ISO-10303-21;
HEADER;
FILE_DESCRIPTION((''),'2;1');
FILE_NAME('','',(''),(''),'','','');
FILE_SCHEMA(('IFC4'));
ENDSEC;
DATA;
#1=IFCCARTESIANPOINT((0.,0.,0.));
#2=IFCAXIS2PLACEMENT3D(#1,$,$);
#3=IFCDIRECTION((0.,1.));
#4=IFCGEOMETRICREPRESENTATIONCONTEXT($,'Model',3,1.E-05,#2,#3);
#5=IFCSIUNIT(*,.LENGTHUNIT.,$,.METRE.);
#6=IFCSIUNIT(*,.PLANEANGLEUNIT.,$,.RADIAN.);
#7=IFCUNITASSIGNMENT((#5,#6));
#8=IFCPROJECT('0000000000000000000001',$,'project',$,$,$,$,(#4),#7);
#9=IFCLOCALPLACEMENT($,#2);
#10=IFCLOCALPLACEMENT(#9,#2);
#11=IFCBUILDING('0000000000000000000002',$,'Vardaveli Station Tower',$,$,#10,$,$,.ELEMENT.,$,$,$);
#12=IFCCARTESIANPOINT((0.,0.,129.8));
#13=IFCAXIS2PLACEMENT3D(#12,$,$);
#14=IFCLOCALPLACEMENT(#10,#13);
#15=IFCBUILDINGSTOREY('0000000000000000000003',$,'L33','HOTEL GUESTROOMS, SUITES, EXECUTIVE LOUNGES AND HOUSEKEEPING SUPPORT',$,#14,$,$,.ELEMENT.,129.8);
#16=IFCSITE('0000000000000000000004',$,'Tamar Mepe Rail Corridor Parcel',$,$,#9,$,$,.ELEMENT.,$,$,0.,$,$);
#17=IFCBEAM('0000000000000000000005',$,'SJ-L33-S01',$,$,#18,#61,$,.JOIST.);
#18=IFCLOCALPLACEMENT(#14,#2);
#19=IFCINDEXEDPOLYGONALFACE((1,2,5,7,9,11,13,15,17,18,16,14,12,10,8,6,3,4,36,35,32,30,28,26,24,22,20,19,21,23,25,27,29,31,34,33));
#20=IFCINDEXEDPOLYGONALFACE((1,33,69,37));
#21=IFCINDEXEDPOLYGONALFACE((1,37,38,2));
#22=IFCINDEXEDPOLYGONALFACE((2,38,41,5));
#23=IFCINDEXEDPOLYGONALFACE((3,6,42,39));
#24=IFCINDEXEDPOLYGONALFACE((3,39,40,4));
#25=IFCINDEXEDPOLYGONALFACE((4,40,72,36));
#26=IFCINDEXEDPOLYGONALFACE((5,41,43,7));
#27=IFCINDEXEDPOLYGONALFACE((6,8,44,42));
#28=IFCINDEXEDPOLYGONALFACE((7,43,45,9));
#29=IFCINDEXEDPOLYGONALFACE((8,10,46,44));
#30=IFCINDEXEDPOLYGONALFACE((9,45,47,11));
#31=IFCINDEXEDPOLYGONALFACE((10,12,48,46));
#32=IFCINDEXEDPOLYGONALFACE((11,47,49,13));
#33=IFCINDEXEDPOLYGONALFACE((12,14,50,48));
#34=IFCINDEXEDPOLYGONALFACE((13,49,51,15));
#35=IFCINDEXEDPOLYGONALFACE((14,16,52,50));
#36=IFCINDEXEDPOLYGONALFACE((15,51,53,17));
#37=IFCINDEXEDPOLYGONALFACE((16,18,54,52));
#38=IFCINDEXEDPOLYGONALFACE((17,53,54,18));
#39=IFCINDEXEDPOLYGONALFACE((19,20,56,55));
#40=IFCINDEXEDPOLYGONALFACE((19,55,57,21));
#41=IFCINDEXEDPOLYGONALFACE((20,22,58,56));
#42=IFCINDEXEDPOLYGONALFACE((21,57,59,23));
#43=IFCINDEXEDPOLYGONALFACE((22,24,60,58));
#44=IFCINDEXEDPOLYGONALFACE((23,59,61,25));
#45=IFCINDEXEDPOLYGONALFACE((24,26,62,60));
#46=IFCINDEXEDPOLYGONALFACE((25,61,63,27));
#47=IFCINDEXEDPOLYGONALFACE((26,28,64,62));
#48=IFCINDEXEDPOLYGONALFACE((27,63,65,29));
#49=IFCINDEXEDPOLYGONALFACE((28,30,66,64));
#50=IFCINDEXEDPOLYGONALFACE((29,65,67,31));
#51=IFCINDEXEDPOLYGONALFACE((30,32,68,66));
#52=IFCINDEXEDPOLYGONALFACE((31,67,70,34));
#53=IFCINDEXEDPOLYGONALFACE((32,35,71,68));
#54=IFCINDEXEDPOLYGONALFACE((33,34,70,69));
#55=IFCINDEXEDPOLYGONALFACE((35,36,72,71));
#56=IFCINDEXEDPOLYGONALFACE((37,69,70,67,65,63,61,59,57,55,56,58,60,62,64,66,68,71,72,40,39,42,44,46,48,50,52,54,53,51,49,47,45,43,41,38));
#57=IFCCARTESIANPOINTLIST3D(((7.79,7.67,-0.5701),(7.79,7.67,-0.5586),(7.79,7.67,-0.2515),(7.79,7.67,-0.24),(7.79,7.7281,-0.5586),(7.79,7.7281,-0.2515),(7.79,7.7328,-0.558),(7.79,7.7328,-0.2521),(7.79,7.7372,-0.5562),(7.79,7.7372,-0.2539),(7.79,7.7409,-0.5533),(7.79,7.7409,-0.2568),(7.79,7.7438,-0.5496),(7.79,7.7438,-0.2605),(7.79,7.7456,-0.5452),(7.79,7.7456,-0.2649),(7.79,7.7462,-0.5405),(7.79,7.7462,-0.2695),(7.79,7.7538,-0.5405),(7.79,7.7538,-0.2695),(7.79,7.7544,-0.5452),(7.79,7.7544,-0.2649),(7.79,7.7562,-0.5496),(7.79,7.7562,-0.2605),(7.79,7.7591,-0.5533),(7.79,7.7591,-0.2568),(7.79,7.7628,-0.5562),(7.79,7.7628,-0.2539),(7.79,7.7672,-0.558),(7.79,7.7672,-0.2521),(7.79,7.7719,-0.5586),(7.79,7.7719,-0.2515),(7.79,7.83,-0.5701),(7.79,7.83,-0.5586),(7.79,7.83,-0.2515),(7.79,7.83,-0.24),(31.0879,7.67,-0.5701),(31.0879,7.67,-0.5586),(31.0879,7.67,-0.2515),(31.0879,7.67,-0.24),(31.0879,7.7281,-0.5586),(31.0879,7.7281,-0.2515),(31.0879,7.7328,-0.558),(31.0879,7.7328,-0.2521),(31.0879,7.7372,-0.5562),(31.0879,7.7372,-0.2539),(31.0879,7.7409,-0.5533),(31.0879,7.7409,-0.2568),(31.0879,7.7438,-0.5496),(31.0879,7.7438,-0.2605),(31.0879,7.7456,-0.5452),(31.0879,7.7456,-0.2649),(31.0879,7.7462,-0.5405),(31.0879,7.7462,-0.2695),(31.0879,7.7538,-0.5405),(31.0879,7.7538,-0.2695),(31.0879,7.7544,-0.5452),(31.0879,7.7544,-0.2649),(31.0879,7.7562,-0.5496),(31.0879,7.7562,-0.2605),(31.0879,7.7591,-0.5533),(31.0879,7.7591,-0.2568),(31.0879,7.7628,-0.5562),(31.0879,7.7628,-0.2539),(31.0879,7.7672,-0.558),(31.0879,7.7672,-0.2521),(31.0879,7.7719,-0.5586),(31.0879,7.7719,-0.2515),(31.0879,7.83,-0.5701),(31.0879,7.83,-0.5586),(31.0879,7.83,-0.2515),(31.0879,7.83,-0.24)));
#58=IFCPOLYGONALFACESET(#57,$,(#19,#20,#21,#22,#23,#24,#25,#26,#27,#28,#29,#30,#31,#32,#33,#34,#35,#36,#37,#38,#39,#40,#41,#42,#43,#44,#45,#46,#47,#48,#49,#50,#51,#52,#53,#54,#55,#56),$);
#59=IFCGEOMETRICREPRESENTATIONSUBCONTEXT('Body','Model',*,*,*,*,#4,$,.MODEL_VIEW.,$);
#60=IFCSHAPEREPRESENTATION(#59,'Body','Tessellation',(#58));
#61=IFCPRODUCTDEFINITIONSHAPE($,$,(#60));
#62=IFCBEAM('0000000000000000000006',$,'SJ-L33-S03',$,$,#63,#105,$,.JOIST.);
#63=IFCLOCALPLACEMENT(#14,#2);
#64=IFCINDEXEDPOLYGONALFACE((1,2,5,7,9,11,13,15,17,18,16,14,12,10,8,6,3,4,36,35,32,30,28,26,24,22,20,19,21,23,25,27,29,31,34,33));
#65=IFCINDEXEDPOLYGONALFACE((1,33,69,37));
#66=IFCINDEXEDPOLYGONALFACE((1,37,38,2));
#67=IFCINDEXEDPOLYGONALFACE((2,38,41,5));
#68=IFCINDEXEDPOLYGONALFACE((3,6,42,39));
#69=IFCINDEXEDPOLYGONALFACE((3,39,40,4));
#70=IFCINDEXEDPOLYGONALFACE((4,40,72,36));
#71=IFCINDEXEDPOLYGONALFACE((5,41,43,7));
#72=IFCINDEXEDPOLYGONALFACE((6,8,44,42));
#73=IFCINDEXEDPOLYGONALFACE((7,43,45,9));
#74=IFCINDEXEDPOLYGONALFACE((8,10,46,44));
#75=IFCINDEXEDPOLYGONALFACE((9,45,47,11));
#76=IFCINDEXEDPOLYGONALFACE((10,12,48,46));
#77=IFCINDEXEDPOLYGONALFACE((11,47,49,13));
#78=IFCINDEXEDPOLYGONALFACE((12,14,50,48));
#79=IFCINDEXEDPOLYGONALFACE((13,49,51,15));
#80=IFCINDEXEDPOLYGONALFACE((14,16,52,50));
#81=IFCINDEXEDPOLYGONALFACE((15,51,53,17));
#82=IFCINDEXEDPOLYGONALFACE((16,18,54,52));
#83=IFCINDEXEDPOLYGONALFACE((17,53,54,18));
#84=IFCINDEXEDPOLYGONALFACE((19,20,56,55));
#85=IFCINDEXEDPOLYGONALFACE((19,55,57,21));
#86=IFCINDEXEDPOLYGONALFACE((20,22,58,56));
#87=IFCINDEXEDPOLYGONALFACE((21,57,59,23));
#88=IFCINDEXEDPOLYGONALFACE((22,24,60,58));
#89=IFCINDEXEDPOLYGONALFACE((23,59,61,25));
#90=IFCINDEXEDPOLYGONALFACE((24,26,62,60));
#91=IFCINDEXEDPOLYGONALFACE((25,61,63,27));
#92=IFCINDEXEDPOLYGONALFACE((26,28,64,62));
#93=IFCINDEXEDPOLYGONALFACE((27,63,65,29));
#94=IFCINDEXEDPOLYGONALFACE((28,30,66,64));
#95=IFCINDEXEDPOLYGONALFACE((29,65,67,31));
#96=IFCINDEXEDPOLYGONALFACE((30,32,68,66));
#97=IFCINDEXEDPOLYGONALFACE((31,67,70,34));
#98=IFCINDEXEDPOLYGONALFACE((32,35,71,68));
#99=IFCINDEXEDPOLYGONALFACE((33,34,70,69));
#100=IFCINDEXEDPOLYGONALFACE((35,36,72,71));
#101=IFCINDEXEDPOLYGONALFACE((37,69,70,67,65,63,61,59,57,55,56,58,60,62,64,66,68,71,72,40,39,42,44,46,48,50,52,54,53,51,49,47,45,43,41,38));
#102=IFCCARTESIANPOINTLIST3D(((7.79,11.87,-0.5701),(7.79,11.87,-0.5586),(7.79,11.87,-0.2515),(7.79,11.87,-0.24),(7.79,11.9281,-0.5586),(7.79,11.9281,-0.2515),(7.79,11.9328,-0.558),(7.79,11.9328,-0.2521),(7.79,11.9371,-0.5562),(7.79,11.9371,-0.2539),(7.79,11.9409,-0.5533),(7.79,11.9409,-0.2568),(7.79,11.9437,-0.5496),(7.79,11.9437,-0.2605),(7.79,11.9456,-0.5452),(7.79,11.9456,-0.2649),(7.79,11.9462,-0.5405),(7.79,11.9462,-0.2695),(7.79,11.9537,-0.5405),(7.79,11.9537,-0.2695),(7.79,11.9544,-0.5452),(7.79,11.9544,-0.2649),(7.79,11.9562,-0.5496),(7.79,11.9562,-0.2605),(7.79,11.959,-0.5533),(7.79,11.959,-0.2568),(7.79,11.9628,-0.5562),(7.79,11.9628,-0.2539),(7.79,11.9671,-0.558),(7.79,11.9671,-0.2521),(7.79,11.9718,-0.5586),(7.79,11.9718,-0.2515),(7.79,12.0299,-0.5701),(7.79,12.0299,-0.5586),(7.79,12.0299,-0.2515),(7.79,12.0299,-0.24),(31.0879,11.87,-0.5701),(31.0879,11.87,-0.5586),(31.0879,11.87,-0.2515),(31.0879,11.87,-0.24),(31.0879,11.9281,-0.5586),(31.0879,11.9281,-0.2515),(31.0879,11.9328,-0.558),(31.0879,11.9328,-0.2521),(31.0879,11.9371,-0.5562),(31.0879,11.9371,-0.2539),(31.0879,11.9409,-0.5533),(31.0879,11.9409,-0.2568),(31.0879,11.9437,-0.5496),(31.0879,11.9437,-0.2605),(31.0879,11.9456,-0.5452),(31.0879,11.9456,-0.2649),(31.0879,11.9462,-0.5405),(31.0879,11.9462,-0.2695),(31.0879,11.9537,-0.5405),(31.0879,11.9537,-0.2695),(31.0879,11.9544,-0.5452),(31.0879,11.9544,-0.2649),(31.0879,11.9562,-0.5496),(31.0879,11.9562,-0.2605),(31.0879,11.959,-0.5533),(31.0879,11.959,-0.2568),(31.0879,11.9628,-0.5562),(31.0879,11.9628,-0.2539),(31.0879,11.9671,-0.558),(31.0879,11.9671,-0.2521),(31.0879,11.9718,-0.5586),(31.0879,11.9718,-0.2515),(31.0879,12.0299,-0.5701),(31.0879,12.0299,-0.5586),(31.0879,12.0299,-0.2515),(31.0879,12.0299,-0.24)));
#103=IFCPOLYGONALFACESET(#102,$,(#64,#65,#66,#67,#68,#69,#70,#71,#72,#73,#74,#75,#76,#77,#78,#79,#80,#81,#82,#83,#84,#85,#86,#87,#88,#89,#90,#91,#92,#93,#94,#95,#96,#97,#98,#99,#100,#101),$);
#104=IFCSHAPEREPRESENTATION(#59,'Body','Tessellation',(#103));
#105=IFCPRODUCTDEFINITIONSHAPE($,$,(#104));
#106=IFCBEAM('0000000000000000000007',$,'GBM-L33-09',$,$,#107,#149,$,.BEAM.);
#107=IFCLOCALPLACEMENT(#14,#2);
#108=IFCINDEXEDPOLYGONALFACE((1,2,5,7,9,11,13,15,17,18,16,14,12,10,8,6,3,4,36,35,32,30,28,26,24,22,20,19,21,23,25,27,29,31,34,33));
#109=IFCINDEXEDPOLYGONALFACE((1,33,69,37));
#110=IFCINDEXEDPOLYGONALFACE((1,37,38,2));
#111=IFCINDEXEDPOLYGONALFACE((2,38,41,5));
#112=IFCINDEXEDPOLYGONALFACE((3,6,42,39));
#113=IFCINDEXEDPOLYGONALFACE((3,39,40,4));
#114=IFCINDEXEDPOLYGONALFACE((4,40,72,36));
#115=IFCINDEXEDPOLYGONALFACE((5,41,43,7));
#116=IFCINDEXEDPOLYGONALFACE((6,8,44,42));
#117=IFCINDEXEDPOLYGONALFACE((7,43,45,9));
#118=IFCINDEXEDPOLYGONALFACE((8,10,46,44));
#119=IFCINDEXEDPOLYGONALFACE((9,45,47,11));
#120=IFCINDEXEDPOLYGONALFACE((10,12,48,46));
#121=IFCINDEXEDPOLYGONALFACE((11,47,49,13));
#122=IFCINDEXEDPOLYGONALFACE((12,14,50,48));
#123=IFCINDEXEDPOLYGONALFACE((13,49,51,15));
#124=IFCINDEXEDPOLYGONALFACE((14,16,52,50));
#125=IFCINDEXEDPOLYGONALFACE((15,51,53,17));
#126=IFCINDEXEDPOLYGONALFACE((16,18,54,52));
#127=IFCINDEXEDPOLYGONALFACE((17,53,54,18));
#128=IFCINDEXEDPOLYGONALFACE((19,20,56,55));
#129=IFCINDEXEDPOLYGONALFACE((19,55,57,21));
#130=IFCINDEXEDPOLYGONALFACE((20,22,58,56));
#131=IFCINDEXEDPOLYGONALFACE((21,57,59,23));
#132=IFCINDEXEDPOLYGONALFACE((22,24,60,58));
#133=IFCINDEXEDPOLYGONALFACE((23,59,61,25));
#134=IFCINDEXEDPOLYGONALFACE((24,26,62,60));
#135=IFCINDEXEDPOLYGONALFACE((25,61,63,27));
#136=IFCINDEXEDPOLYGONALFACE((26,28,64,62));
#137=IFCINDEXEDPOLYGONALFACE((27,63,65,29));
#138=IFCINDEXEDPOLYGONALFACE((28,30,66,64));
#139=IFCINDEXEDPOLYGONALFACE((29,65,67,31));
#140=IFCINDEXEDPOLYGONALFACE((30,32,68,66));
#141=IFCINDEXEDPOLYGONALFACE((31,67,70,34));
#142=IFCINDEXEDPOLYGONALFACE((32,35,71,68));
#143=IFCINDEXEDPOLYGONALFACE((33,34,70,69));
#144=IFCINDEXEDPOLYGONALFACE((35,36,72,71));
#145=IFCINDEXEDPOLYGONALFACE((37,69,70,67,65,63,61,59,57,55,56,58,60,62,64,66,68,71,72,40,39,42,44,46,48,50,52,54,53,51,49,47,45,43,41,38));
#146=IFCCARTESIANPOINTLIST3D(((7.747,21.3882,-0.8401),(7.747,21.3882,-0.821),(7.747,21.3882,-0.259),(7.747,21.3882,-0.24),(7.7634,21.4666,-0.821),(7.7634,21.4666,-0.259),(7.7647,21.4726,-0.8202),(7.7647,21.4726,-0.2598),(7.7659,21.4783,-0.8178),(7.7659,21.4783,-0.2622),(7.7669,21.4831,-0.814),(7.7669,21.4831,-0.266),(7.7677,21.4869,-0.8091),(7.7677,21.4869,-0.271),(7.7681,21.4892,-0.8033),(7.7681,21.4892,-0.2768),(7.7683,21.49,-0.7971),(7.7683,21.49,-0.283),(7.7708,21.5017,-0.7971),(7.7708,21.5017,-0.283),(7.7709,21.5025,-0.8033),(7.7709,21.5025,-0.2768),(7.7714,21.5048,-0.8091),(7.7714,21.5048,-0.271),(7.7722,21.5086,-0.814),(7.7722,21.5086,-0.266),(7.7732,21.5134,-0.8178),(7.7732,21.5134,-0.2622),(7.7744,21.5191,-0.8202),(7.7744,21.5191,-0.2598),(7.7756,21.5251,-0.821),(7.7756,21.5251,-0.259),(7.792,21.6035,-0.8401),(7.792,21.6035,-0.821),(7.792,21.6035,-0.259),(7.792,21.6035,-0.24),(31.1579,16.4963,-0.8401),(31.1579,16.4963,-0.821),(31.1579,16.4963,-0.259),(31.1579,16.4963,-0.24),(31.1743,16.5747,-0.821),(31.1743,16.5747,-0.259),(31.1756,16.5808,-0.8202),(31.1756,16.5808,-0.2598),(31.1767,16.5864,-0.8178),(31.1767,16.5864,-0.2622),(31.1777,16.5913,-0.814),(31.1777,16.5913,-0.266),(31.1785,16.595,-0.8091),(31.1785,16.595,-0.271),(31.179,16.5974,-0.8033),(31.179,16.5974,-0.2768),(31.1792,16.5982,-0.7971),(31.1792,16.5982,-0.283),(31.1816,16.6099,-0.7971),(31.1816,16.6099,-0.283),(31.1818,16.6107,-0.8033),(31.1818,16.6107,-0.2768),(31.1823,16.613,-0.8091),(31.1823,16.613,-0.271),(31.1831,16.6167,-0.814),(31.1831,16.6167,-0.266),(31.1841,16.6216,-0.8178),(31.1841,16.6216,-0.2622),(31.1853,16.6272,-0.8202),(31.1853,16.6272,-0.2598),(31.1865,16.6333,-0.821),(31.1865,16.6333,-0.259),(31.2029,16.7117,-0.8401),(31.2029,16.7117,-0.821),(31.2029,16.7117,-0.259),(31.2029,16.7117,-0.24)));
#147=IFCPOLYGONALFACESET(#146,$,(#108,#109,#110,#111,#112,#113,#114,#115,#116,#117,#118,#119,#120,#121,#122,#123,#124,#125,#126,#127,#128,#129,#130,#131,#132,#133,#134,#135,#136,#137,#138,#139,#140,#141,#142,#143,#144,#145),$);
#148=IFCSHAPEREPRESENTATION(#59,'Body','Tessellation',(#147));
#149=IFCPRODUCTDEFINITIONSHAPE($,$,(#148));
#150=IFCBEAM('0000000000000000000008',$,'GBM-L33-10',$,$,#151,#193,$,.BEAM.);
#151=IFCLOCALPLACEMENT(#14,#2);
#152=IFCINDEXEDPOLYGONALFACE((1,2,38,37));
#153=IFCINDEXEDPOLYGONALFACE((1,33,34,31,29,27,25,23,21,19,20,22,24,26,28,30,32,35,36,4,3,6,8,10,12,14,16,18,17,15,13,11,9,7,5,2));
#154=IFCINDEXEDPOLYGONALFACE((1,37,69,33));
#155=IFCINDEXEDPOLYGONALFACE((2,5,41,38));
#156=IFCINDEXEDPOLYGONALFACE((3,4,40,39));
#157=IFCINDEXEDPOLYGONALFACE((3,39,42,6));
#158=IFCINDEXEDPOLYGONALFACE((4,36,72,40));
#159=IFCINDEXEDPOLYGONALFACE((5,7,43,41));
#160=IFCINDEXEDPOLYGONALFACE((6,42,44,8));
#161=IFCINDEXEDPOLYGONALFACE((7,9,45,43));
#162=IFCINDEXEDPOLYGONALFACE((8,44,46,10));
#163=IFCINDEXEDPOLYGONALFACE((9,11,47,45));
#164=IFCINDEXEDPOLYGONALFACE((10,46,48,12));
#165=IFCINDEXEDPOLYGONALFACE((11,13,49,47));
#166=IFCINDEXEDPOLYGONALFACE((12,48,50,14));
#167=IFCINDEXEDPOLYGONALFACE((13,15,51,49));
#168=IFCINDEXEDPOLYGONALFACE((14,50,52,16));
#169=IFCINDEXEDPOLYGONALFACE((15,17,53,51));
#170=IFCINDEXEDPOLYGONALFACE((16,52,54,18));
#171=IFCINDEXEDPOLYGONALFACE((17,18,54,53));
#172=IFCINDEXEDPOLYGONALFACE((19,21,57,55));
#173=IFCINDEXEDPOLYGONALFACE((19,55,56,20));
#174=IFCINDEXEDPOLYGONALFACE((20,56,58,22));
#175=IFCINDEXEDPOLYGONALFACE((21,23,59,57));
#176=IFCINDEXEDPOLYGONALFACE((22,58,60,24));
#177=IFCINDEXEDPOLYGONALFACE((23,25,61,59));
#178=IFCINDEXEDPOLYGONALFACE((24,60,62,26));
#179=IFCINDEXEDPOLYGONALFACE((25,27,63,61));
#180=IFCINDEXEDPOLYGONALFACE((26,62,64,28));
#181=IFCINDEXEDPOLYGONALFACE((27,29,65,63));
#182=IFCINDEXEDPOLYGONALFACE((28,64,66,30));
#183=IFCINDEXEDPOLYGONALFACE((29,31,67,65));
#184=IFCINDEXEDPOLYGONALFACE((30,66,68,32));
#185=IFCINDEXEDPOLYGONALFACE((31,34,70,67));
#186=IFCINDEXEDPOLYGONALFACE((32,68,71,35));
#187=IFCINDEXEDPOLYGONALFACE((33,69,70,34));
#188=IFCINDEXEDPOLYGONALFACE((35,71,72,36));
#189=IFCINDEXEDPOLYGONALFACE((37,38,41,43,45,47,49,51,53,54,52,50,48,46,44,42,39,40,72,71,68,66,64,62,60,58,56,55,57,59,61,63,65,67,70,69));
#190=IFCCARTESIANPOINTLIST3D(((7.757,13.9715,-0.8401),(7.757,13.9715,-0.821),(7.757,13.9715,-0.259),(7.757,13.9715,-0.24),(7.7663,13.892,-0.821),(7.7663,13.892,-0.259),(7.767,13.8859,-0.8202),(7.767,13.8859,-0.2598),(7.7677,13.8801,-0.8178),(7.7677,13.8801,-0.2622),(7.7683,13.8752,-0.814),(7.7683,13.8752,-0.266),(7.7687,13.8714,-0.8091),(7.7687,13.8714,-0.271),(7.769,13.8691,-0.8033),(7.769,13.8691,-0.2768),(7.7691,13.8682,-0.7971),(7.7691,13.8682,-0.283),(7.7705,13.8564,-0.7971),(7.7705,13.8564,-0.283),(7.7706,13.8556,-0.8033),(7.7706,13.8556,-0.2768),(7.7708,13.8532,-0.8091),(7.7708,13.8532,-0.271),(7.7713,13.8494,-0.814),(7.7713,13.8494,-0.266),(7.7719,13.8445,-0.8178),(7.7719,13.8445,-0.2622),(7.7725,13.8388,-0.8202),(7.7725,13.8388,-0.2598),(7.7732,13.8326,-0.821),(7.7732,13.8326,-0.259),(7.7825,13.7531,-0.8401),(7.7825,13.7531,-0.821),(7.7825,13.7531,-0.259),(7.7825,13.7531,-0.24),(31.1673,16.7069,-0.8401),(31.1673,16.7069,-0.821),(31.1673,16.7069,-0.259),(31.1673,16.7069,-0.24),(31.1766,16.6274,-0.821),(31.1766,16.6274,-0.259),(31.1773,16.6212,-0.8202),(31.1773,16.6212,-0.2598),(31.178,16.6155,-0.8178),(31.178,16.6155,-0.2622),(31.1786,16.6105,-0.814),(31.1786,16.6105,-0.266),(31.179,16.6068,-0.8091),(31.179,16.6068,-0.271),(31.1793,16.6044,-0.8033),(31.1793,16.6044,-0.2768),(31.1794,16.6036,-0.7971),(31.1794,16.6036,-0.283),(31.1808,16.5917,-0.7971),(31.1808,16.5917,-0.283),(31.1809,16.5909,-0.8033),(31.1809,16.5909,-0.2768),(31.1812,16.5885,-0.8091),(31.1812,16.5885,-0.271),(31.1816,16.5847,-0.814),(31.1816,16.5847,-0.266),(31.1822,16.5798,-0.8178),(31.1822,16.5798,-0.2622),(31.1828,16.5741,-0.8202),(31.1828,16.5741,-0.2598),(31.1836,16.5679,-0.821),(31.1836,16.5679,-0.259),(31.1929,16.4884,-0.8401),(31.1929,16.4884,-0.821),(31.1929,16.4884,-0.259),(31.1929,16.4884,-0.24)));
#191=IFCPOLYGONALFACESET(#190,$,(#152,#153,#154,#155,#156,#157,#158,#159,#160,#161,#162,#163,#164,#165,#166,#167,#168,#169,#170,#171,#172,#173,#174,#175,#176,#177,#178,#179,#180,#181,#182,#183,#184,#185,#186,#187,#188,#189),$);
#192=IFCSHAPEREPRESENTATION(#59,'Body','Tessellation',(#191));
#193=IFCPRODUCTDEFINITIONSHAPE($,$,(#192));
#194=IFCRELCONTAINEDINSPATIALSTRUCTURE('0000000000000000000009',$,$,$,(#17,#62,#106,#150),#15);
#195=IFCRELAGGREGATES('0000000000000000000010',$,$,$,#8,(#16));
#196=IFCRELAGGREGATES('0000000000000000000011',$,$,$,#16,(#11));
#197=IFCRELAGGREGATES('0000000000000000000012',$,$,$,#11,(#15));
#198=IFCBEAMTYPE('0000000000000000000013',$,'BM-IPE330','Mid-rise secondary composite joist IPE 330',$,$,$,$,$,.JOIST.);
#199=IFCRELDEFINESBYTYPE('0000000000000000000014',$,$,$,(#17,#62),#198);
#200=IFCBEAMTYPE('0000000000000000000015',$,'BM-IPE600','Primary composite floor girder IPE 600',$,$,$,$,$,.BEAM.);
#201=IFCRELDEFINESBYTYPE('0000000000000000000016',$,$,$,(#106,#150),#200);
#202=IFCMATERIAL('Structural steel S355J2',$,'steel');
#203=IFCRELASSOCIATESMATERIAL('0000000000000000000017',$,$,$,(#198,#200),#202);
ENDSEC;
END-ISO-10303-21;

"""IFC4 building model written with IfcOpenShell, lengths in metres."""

from ifc_helpers import new_model, si_unit, direction, frame, origin, origin_2d, place, context, subcontext, project, spatial, i_section, extrude, source, transform, mapped, material, material_profile, profile_set, type_object, element, save


model = new_model("IFC4")

# Units and contexts
model_context = context("Model", 3, precision=1e-05, world=origin(), true_north=direction((0.0, 1.0)))
body_context = subcontext(model_context, "Body", "Model", "MODEL_VIEW")
ifc_project = project(units=[si_unit("LENGTHUNIT", "METRE"), si_unit("PLANEANGLEUNIT", "RADIAN")], contexts=[model_context])

# Site, building, storey
site_placement = place(None, origin())
site = spatial("IfcSite", under=ifc_project, at=site_placement, Name="Tamar Mepe Rail Corridor Parcel", CompositionType="ELEMENT", RefElevation=0.0)
building_placement = place(site_placement, origin())
building = spatial("IfcBuilding", under=site, at=building_placement, Name="Vardaveli Station Tower", CompositionType="ELEMENT")
storey_placement = place(building_placement, frame((0.0, 0.0, 129.8)))
storey = spatial("IfcBuildingStorey", under=building, at=storey_placement, Name="L33", Description="HOTEL GUESTROOMS, SUITES, EXECUTIVE LOUNGES AND HOUSEKEEPING SUPPORT", CompositionType="ELEMENT", Elevation=129.8)

# Beams
ifc_material_1 = material(Name="Structural steel S355J2", Category="steel")
ifc_material_profile_1 = material_profile(ifc_material_1, i_section(OverallWidth=0.1599, OverallDepth=0.3301, WebThickness=0.0076, FlangeThickness=0.0115, FilletRadius=0.0181, at=origin_2d()), Name="IPE 330")
ifc_profile_set_1 = profile_set([ifc_material_profile_1], Name="Structural steel S355J2")
beam_type_1 = type_object("IfcBeamType", Name="BM-IPE330", Description="Mid-rise secondary composite joist IPE 330", PredefinedType="JOIST", material=ifc_profile_set_1)
shared_shape_1 = source(origin(), body_context, "Body", "SweptSolid", [
    extrude(i_section(OverallWidth=0.1599, OverallDepth=0.3301, WebThickness=0.0076, FlangeThickness=0.0115, FilletRadius=0.0181, at=origin_2d()), origin(), (0.0, 0.0, 1.0), 23.2979),
])
for number, where, z_axis, x_axis, name in (
    (1, (7.79, 7.75, -0.405), (1.0, 0.0, 0.0), (0.0, 1.0, 0.0), "SJ-L33-S01"),
    (2, (7.79, 11.95, -0.405), (1.0, 0.0, 0.0), (0.0, 1.0, 0.0), "SJ-L33-S03"),
):
    element("IfcBeam", number, at=place(storey_placement, frame(where, z_axis=z_axis, x_axis=x_axis)), inside=storey, type_object=beam_type_1, Name=name, PredefinedType="JOIST", context=body_context, shape_type="MappedRepresentation", body=[
        mapped(shared_shape_1, transform((0.0, 0.0, 0.0), scale=1.0)),
    ])
ifc_material_profile_2 = material_profile(ifc_material_1, i_section(OverallWidth=0.22, OverallDepth=0.6001, WebThickness=0.012, FlangeThickness=0.019, FilletRadius=0.0239, at=origin_2d()), Name="IPE 600")
ifc_profile_set_2 = profile_set([ifc_material_profile_2], Name="Structural steel S355J2")
beam_type_2 = type_object("IfcBeamType", Name="BM-IPE600", Description="Primary composite floor girder IPE 600", PredefinedType="BEAM", material=ifc_profile_set_2)
shared_shape_2 = source(origin(), body_context, "Body", "SweptSolid", [
    extrude(i_section(OverallWidth=0.22, OverallDepth=0.6001, WebThickness=0.012, FlangeThickness=0.019, FilletRadius=0.0239, at=origin_2d()), origin(), (0.0, 0.0, 1.0), 23.9165),
])
beam_1_placement = place(storey_placement, frame((7.7695, 21.4958, -0.54), z_axis=(0.978859, -0.204538, 0.0), x_axis=(0.204538, 0.978859, 0.0)))
element("IfcBeam", 3, at=beam_1_placement, inside=storey, type_object=beam_type_2, Name="GBM-L33-09", PredefinedType="BEAM", context=body_context, shape_type="MappedRepresentation", body=[
    mapped(shared_shape_2, transform((0.0, 0.0, 0.0), scale=1.0)),
])
shared_shape_3 = source(origin(), body_context, "Body", "SweptSolid", [
    extrude(i_section(OverallWidth=0.22, OverallDepth=0.6001, WebThickness=0.012, FlangeThickness=0.019, FilletRadius=0.0239, at=origin_2d()), origin(), (0.0, 0.0, 1.0), 23.5696),
])
beam_2_placement = place(storey_placement, frame((7.7698, 13.8623, -0.54), z_axis=(0.993243, 0.116054, 0.0), x_axis=(-0.116054, 0.993243, 0.0)))
element("IfcBeam", 4, at=beam_2_placement, inside=storey, type_object=beam_type_2, Name="GBM-L33-10", PredefinedType="BEAM", context=body_context, shape_type="MappedRepresentation", body=[
    mapped(shared_shape_3, transform((0.0, 0.0, 0.0), scale=1.0)),
])

save(model, "model.ifc")
